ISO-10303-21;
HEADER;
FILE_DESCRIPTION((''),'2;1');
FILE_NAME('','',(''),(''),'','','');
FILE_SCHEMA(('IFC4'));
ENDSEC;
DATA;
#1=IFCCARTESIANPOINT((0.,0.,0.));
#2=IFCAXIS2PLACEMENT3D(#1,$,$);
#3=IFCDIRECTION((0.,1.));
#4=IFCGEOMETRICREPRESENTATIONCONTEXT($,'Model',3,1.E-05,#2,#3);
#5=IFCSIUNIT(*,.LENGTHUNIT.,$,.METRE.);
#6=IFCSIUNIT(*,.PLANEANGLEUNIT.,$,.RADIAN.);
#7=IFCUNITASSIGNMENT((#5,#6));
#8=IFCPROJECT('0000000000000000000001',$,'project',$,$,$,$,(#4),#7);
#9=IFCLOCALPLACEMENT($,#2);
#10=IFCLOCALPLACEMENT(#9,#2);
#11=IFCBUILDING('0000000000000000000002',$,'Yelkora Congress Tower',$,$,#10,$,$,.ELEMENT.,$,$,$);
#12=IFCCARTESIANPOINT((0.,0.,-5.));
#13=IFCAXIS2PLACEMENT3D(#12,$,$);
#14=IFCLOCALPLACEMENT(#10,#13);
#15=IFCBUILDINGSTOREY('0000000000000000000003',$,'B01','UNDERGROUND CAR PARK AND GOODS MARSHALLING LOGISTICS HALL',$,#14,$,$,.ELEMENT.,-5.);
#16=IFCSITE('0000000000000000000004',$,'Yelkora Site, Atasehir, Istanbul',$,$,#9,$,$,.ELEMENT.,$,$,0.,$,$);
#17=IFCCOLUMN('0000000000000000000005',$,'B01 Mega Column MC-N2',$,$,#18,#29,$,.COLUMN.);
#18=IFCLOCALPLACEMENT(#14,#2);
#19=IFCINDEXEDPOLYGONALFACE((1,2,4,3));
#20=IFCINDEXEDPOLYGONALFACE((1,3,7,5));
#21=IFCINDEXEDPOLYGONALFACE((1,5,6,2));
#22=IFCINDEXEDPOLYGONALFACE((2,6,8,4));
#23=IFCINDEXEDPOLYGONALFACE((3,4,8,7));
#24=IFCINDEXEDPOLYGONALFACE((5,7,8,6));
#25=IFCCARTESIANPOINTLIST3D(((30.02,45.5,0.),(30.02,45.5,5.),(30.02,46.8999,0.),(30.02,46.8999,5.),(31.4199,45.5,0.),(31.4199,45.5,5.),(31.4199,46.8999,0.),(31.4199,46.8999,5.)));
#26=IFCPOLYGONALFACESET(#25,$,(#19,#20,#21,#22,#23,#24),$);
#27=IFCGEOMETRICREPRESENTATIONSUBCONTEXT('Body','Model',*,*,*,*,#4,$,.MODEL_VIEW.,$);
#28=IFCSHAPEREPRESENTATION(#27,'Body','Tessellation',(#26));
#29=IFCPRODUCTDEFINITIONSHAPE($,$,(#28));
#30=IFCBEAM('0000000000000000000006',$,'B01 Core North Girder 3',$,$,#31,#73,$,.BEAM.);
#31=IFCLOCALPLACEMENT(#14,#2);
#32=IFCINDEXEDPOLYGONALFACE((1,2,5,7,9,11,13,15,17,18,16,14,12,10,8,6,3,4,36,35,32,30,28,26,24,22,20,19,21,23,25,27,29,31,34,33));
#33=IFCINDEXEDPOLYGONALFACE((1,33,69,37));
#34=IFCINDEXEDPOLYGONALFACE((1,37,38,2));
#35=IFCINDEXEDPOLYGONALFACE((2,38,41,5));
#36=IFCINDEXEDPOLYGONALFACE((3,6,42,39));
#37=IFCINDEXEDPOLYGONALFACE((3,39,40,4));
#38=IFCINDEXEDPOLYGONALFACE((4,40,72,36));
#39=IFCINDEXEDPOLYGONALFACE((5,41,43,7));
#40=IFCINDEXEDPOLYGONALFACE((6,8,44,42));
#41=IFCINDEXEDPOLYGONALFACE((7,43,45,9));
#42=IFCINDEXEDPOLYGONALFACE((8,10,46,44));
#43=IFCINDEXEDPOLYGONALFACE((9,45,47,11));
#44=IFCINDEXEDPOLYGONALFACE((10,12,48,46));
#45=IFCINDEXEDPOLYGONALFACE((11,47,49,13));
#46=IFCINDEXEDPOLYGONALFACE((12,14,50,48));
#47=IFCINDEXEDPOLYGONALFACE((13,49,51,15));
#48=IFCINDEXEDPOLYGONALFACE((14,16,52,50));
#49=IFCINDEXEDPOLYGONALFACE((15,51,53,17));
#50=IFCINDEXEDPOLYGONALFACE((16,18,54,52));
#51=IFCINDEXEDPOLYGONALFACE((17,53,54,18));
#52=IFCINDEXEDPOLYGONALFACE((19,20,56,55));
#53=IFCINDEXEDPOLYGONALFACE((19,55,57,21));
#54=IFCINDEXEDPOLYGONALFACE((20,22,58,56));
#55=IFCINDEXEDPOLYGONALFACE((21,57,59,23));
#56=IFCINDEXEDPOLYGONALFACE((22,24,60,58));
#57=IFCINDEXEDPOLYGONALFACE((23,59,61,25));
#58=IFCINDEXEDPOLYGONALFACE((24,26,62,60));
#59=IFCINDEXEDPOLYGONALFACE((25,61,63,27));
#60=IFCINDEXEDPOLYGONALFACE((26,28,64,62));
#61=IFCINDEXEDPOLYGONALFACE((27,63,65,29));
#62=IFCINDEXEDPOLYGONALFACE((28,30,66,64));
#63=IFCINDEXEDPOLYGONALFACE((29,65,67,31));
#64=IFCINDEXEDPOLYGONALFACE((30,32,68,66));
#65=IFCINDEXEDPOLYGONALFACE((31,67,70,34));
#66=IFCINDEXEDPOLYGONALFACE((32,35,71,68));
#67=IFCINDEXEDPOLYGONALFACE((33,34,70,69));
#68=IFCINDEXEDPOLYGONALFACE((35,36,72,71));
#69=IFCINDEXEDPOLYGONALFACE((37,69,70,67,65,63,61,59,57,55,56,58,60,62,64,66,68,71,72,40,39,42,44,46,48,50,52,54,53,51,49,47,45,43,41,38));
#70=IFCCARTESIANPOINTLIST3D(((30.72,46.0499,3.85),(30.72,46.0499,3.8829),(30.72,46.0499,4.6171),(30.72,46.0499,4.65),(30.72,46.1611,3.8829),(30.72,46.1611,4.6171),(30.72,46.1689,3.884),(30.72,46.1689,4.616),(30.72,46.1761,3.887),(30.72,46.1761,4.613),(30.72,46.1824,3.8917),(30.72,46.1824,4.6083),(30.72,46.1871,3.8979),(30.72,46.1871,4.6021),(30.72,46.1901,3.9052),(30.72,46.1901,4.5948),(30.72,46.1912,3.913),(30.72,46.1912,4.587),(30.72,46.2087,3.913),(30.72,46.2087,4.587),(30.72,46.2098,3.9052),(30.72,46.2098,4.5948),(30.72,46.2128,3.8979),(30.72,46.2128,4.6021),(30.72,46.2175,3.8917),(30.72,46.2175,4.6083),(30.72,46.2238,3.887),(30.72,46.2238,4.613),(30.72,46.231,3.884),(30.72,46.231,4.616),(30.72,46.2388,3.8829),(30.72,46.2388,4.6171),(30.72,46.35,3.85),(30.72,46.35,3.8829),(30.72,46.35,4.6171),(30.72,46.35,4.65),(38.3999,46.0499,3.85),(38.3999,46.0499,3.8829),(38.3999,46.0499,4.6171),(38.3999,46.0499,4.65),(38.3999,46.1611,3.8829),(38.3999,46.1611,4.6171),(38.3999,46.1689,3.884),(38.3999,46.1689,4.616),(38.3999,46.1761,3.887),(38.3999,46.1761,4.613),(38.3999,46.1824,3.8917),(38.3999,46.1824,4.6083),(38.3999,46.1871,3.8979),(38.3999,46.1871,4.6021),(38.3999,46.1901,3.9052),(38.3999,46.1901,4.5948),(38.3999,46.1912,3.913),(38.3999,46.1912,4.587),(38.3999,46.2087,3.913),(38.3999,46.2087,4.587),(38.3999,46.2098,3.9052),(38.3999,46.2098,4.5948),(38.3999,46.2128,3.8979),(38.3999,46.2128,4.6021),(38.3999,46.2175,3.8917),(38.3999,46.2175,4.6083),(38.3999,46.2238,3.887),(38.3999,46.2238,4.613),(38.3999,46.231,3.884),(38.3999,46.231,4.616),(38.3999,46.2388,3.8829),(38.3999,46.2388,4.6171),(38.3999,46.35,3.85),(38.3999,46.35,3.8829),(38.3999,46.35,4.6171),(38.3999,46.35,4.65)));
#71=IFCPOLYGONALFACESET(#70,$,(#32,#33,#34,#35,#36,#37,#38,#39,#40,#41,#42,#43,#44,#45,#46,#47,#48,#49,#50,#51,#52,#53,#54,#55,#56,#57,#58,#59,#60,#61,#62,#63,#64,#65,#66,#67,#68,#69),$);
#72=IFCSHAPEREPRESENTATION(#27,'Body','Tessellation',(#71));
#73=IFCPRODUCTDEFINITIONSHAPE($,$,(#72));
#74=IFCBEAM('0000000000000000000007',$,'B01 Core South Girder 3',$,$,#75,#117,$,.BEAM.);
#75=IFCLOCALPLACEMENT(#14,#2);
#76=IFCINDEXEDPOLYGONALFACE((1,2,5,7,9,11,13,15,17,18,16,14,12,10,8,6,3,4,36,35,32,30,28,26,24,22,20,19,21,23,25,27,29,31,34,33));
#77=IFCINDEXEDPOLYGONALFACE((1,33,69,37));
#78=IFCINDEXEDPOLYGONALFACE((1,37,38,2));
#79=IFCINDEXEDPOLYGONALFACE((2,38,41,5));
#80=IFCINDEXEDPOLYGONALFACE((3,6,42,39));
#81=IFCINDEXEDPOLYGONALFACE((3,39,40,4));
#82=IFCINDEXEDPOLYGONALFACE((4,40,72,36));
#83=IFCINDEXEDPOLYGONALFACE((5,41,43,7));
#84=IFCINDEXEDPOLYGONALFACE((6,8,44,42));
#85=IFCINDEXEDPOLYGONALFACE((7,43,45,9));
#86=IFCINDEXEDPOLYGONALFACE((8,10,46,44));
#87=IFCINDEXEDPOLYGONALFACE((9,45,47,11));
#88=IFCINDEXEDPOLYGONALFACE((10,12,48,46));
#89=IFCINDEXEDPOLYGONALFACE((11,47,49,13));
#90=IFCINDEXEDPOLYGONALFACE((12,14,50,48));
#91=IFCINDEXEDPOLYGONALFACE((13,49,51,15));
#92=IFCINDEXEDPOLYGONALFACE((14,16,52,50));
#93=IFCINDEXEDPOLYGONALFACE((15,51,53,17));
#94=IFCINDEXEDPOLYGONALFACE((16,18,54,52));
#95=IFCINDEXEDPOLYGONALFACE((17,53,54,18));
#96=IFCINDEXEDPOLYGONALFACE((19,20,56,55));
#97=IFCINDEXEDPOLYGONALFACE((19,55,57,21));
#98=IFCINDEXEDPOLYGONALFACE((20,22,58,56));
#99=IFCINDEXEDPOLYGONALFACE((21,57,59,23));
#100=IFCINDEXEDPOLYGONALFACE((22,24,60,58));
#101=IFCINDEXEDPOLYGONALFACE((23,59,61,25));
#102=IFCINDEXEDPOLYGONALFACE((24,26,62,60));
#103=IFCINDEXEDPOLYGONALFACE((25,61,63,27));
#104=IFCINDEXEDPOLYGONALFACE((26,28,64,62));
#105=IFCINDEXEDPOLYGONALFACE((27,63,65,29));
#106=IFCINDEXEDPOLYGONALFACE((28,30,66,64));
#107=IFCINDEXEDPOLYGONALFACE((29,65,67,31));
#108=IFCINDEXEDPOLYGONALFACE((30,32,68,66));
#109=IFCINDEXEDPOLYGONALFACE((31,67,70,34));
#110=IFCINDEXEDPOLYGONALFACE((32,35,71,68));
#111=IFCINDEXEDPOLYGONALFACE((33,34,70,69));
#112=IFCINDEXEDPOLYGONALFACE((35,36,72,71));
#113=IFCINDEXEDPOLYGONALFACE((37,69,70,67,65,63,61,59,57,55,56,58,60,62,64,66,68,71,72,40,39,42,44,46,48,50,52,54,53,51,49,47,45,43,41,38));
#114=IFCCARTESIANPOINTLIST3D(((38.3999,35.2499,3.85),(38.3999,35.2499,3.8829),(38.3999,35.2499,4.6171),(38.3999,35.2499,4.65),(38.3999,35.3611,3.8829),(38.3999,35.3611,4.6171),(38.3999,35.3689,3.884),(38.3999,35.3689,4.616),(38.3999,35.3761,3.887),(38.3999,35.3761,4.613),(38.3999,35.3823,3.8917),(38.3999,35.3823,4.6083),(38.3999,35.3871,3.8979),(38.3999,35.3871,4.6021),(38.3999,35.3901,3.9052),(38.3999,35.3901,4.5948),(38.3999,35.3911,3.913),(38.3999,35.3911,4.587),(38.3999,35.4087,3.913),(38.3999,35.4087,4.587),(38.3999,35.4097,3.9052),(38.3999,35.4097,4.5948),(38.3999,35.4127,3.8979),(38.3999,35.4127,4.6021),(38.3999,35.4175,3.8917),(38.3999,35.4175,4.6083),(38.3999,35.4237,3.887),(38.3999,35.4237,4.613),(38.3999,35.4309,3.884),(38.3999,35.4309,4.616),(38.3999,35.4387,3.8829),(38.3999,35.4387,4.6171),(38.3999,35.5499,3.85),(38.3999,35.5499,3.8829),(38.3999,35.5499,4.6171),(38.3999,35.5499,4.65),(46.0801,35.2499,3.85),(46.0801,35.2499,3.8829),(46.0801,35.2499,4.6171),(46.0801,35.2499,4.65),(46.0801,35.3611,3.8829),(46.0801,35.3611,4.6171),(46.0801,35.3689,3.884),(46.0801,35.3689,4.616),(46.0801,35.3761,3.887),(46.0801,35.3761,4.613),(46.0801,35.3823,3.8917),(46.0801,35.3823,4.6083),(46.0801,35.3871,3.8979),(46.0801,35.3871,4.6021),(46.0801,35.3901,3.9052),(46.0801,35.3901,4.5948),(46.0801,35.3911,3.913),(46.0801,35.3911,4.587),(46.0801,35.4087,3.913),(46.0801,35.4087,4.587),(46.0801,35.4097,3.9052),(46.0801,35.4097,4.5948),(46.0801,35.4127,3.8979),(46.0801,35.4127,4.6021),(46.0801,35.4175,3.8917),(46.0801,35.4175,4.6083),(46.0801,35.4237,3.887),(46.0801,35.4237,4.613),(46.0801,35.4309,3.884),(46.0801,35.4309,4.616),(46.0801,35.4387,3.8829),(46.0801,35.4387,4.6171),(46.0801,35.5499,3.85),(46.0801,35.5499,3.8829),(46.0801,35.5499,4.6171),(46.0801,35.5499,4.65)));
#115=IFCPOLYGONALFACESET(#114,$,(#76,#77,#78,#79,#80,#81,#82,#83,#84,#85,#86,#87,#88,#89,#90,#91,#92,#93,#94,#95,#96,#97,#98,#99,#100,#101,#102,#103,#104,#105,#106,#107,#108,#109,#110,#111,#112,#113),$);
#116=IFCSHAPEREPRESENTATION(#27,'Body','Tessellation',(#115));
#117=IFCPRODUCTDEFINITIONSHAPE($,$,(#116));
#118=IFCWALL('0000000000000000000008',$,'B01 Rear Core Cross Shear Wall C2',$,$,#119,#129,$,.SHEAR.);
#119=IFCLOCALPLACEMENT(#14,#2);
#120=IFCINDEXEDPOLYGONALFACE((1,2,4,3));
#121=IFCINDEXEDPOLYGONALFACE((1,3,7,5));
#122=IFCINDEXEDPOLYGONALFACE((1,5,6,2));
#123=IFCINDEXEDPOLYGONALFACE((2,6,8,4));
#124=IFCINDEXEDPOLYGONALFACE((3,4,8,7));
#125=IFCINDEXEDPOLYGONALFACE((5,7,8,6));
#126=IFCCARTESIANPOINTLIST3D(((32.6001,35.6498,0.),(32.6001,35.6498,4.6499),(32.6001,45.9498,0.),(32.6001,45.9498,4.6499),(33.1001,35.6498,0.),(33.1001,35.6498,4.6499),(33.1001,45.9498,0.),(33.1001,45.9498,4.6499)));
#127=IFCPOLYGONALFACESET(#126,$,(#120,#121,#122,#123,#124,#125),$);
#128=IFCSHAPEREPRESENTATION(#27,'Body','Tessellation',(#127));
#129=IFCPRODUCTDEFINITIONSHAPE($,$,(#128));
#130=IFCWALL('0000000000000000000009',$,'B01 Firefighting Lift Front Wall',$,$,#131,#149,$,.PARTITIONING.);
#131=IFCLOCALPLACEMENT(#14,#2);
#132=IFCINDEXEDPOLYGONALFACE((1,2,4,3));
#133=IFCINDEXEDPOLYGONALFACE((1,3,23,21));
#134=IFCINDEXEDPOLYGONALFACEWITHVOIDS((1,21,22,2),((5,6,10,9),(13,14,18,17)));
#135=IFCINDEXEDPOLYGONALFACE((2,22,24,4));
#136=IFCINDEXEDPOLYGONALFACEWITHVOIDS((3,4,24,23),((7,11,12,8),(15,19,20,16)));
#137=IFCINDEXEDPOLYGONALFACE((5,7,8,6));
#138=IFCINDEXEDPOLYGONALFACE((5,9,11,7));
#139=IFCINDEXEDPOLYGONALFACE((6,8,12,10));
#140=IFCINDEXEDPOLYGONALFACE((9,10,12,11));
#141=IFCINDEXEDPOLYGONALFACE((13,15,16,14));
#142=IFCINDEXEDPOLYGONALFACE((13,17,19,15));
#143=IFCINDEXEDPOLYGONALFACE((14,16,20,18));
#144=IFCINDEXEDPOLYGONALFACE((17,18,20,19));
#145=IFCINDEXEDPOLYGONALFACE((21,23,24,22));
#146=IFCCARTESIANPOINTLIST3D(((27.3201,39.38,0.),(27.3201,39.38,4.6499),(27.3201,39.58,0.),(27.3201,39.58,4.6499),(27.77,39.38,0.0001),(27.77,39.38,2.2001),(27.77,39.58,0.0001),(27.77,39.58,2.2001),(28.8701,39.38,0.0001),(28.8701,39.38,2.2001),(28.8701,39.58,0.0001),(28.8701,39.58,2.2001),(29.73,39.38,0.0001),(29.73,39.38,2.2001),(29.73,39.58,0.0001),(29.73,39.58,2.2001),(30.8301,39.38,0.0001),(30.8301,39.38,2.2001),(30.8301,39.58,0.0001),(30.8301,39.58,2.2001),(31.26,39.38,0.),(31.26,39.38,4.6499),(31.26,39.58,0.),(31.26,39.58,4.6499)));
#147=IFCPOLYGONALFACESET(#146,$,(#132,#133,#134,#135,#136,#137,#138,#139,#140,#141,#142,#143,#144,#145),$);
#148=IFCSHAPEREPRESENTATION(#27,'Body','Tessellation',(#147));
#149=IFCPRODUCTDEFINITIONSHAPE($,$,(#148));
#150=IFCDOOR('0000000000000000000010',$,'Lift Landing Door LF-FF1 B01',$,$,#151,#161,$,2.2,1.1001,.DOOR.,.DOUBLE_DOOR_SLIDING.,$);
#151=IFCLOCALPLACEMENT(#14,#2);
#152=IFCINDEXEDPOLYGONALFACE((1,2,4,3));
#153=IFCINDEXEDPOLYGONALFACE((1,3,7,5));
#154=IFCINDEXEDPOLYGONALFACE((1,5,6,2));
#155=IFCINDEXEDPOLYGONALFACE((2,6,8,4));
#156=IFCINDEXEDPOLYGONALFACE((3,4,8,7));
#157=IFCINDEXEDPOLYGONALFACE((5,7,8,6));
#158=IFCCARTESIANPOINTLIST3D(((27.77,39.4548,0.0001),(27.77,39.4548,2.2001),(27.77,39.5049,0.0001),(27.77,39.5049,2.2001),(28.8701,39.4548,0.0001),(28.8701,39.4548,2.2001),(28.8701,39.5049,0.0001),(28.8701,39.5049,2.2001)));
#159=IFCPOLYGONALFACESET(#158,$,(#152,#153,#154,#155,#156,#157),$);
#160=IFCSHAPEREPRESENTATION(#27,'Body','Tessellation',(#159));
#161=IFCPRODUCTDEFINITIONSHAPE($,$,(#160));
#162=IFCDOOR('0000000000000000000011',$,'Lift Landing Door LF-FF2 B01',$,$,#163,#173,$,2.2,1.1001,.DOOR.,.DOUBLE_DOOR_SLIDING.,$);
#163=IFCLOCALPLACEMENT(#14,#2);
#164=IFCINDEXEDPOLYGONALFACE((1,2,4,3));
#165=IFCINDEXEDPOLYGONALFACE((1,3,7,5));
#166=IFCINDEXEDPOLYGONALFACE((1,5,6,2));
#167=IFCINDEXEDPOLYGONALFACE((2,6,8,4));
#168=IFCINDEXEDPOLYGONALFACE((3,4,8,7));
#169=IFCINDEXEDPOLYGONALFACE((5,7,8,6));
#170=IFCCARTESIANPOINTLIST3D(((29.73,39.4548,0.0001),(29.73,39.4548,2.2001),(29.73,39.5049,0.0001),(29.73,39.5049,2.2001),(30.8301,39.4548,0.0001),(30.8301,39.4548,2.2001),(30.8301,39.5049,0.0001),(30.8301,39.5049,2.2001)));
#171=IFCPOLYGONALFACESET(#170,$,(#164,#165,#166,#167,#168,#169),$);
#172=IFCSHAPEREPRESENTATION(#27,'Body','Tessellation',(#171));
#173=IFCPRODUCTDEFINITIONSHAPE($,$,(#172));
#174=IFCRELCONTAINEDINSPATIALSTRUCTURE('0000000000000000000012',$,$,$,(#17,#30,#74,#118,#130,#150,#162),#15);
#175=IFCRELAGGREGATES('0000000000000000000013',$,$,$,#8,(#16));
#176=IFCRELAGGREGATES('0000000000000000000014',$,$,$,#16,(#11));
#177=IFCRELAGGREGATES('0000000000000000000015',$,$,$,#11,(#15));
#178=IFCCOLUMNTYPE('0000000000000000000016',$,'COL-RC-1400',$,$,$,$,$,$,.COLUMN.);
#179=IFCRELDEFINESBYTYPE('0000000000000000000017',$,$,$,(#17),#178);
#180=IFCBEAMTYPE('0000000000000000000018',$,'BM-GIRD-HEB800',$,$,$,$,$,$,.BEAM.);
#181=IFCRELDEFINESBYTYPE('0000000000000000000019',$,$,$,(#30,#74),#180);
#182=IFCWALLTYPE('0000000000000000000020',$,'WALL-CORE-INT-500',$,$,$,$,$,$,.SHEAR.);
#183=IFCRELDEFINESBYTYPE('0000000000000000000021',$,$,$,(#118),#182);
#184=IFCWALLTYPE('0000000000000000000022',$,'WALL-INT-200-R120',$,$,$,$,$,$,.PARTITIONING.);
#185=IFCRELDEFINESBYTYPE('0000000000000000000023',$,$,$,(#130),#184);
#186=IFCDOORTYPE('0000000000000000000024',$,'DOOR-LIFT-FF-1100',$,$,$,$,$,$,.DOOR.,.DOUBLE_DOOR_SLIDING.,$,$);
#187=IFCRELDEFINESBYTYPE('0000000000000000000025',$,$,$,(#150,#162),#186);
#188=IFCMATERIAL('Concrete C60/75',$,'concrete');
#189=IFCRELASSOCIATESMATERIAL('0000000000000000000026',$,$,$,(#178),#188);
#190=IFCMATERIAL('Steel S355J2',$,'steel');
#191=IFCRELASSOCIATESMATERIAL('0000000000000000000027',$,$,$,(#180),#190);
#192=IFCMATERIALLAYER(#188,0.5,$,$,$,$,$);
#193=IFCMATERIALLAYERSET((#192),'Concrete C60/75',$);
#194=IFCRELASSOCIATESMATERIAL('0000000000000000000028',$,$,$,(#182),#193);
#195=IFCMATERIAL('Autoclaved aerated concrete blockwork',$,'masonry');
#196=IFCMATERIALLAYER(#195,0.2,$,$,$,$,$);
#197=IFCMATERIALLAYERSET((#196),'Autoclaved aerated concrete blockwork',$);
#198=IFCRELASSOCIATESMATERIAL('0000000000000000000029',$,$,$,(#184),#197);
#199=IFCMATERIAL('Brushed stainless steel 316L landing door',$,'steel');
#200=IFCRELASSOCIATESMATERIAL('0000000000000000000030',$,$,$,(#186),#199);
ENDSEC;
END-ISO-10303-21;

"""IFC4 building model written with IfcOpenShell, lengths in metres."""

from ifc_helpers import new_model, si_unit, direction, frame, frame_2d, origin, origin_2d, place, context, subcontext, project, spatial, rectangle, i_section, extrude, material, layer, layer_set, material_profile, profile_set, type_object, element, fill, save


model = new_model("IFC4")

# Units and contexts
model_context = context("Model", 3, precision=1e-05, world=origin(), true_north=direction((0.0, 1.0)))
body_context = subcontext(model_context, "Body", "Model", "MODEL_VIEW")
ifc_project = project(units=[si_unit("LENGTHUNIT", "METRE"), si_unit("PLANEANGLEUNIT", "RADIAN")], contexts=[model_context])

# Site, building, storey
site_placement = place(None, origin())
site = spatial("IfcSite", under=ifc_project, at=site_placement, Name="Yelkora Site, Atasehir, Istanbul", CompositionType="ELEMENT", RefElevation=0.0)
building_placement = place(site_placement, origin())
building = spatial("IfcBuilding", under=site, at=building_placement, Name="Yelkora Congress Tower", CompositionType="ELEMENT")
storey_placement = place(building_placement, frame((0.0, 0.0, -5.0)))
storey = spatial("IfcBuildingStorey", under=building, at=storey_placement, Name="B01", Description="UNDERGROUND CAR PARK AND GOODS MARSHALLING LOGISTICS HALL", CompositionType="ELEMENT", Elevation=-5.0)

# Column
ifc_material_1 = material(Name="Concrete C60/75", Category="concrete")
ifc_material_profile_1 = material_profile(ifc_material_1, rectangle(XDim=1.3999, YDim=1.3999, at=origin_2d()), Name="RC 1400x1400")
ifc_profile_set_1 = profile_set([ifc_material_profile_1], Name="Concrete C60/75")
column_type = type_object("IfcColumnType", Name="COL-RC-1400", PredefinedType="COLUMN", material=ifc_profile_set_1)
column_placement = place(storey_placement, frame((30.72, 46.2, 0.0), z_axis=(0.0, 0.0, 1.0), x_axis=(1.0, 0.0, 0.0)))
element("IfcColumn", 1, at=column_placement, inside=storey, type_object=column_type, Name="B01 Mega Column MC-N2", PredefinedType="COLUMN", context=body_context, shape_type="SweptSolid", body=[
    extrude(rectangle(XDim=1.3999, YDim=1.3999, at=origin_2d()), origin(), (0.0, 0.0, 1.0), 5.0),
])

# Beams
ifc_material_2 = material(Name="Steel S355J2", Category="steel")
ifc_material_profile_2 = material_profile(ifc_material_2, i_section(OverallWidth=0.3, OverallDepth=0.8, WebThickness=0.0176, FlangeThickness=0.033, FilletRadius=0.03, at=origin_2d()), Name="HEB 800")
ifc_profile_set_2 = profile_set([ifc_material_profile_2], Name="Steel S355J2")
beam_type = type_object("IfcBeamType", Name="BM-GIRD-HEB800", PredefinedType="BEAM", material=ifc_profile_set_2)
beam_1_placement = place(storey_placement, frame((30.72, 46.2, 4.25), z_axis=(1.0, 0.0, 0.0), x_axis=(0.0, 1.0, 0.0)))
element("IfcBeam", 2, at=beam_1_placement, inside=storey, type_object=beam_type, Name="B01 Core North Girder 3", PredefinedType="BEAM", context=body_context, shape_type="SweptSolid", body=[
    extrude(i_section(OverallWidth=0.3, OverallDepth=0.8, WebThickness=0.0176, FlangeThickness=0.033, FilletRadius=0.03, at=origin_2d()), origin(), (0.0, 0.0, 1.0), 7.6799),
])
beam_2_placement = place(storey_placement, frame((38.3999, 35.3999, 4.25), z_axis=(1.0, 0.0, 0.0), x_axis=(0.0, 1.0, 0.0)))
element("IfcBeam", 3, at=beam_2_placement, inside=storey, type_object=beam_type, Name="B01 Core South Girder 3", PredefinedType="BEAM", context=body_context, shape_type="SweptSolid", body=[
    extrude(i_section(OverallWidth=0.3, OverallDepth=0.8, WebThickness=0.0176, FlangeThickness=0.033, FilletRadius=0.03, at=origin_2d()), origin(), (0.0, 0.0, 1.0), 7.6802),
])

# Shared definitions
ifc_layer_1 = layer(ifc_material_1, 0.5)
ifc_layer_set_1 = layer_set([ifc_layer_1], Name="Concrete C60/75")
wall_type_1 = type_object("IfcWallType", Name="WALL-CORE-INT-500", PredefinedType="SHEAR", material=ifc_layer_set_1)

# Wall
wall_1_placement = place(storey_placement, frame((32.8501, 35.6499, 0.0), z_axis=(0.0, 0.0, 1.0), x_axis=(0.0, 1.0, 0.0)))
element("IfcWall", 4, at=wall_1_placement, inside=storey, type_object=wall_type_1, Name="B01 Rear Core Cross Shear Wall C2", PredefinedType="SHEAR", context=body_context, shape_type="SweptSolid", body=[
    extrude(rectangle(XDim=10.3, YDim=0.5, at=frame_2d((5.1499, 0.0))), origin(), (0.0, 0.0, 1.0), 4.6499),
])

# Wall, openings, doors
ifc_material_3 = material(Name="Autoclaved aerated concrete blockwork", Category="masonry")
ifc_layer_2 = layer(ifc_material_3, 0.2)
ifc_layer_set_2 = layer_set([ifc_layer_2], Name="Autoclaved aerated concrete blockwork")
wall_type_2 = type_object("IfcWallType", Name="WALL-INT-200-R120", PredefinedType="PARTITIONING", material=ifc_layer_set_2)
wall_2_placement = place(storey_placement, frame((27.3201, 39.48, 0.0), z_axis=(0.0, 0.0, 1.0), x_axis=(1.0, 0.0, 0.0)))
wall_2 = element("IfcWall", 5, at=wall_2_placement, inside=storey, type_object=wall_type_2, Name="B01 Firefighting Lift Front Wall", PredefinedType="PARTITIONING", context=body_context, shape_type="SweptSolid", body=[
    extrude(rectangle(XDim=3.9399, YDim=0.2, at=frame_2d((1.97, 0.0))), origin(), (0.0, 0.0, 1.0), 4.6499),
])
opening_1_placement = place(wall_2_placement, frame((0.45, 0.0, 0.0)))
opening_1 = element("IfcOpeningElement", 6, at=opening_1_placement, cuts=wall_2, PredefinedType="OPENING", context=body_context, shape_type="SweptSolid", body=[
    extrude(rectangle(XDim=1.1001, YDim=2.2, at=frame_2d((0.55, 1.1001))), frame((0.0, 0.1099, 0.0), z_axis=(0.0, -1.0, 0.0), x_axis=(1.0, 0.0, 0.0)), (0.0, 0.0, 1.0), 0.22),
])
opening_2_placement = place(wall_2_placement, frame((2.4099, 0.0, 0.0)))
opening_2 = element("IfcOpeningElement", 7, at=opening_2_placement, cuts=wall_2, PredefinedType="OPENING", context=body_context, shape_type="SweptSolid", body=[
    extrude(rectangle(XDim=1.1001, YDim=2.2, at=frame_2d((0.55, 1.1001))), frame((0.0, 0.1099, 0.0), z_axis=(0.0, -1.0, 0.0), x_axis=(1.0, 0.0, 0.0)), (0.0, 0.0, 1.0), 0.22),
])
ifc_material_4 = material(Name="Brushed stainless steel 316L landing door", Category="steel")
door_type_1 = type_object("IfcDoorType", Name="DOOR-LIFT-FF-1100", OperationType="DOUBLE_DOOR_SLIDING", PredefinedType="DOOR", material=ifc_material_4)
door_1_placement = place(opening_1_placement, origin())
door_1 = element("IfcDoor", 8, at=door_1_placement, inside=storey, type_object=door_type_1, Name="Lift Landing Door LF-FF1 B01", OperationType="DOUBLE_DOOR_SLIDING", OverallHeight=2.2, OverallWidth=1.1001, PredefinedType="DOOR", context=body_context, shape_type="SweptSolid", body=[
    extrude(rectangle(XDim=1.1001, YDim=2.2, at=frame_2d((0.55, 1.1001))), frame((0.0, 0.0249, 0.0), z_axis=(0.0, -1.0, 0.0), x_axis=(1.0, 0.0, 0.0)), (0.0, 0.0, 1.0), 0.05),
])
fill(opening_1, door_1)
door_2_placement = place(opening_2_placement, origin())
door_2 = element("IfcDoor", 9, at=door_2_placement, inside=storey, type_object=door_type_1, Name="Lift Landing Door LF-FF2 B01", OperationType="DOUBLE_DOOR_SLIDING", OverallHeight=2.2, OverallWidth=1.1001, PredefinedType="DOOR", context=body_context, shape_type="SweptSolid", body=[
    extrude(rectangle(XDim=1.1001, YDim=2.2, at=frame_2d((0.55, 1.1001))), frame((0.0, 0.0249, 0.0), z_axis=(0.0, -1.0, 0.0), x_axis=(1.0, 0.0, 0.0)), (0.0, 0.0, 1.0), 0.05),
])
fill(opening_2, door_2)

save(model, "model.ifc")
